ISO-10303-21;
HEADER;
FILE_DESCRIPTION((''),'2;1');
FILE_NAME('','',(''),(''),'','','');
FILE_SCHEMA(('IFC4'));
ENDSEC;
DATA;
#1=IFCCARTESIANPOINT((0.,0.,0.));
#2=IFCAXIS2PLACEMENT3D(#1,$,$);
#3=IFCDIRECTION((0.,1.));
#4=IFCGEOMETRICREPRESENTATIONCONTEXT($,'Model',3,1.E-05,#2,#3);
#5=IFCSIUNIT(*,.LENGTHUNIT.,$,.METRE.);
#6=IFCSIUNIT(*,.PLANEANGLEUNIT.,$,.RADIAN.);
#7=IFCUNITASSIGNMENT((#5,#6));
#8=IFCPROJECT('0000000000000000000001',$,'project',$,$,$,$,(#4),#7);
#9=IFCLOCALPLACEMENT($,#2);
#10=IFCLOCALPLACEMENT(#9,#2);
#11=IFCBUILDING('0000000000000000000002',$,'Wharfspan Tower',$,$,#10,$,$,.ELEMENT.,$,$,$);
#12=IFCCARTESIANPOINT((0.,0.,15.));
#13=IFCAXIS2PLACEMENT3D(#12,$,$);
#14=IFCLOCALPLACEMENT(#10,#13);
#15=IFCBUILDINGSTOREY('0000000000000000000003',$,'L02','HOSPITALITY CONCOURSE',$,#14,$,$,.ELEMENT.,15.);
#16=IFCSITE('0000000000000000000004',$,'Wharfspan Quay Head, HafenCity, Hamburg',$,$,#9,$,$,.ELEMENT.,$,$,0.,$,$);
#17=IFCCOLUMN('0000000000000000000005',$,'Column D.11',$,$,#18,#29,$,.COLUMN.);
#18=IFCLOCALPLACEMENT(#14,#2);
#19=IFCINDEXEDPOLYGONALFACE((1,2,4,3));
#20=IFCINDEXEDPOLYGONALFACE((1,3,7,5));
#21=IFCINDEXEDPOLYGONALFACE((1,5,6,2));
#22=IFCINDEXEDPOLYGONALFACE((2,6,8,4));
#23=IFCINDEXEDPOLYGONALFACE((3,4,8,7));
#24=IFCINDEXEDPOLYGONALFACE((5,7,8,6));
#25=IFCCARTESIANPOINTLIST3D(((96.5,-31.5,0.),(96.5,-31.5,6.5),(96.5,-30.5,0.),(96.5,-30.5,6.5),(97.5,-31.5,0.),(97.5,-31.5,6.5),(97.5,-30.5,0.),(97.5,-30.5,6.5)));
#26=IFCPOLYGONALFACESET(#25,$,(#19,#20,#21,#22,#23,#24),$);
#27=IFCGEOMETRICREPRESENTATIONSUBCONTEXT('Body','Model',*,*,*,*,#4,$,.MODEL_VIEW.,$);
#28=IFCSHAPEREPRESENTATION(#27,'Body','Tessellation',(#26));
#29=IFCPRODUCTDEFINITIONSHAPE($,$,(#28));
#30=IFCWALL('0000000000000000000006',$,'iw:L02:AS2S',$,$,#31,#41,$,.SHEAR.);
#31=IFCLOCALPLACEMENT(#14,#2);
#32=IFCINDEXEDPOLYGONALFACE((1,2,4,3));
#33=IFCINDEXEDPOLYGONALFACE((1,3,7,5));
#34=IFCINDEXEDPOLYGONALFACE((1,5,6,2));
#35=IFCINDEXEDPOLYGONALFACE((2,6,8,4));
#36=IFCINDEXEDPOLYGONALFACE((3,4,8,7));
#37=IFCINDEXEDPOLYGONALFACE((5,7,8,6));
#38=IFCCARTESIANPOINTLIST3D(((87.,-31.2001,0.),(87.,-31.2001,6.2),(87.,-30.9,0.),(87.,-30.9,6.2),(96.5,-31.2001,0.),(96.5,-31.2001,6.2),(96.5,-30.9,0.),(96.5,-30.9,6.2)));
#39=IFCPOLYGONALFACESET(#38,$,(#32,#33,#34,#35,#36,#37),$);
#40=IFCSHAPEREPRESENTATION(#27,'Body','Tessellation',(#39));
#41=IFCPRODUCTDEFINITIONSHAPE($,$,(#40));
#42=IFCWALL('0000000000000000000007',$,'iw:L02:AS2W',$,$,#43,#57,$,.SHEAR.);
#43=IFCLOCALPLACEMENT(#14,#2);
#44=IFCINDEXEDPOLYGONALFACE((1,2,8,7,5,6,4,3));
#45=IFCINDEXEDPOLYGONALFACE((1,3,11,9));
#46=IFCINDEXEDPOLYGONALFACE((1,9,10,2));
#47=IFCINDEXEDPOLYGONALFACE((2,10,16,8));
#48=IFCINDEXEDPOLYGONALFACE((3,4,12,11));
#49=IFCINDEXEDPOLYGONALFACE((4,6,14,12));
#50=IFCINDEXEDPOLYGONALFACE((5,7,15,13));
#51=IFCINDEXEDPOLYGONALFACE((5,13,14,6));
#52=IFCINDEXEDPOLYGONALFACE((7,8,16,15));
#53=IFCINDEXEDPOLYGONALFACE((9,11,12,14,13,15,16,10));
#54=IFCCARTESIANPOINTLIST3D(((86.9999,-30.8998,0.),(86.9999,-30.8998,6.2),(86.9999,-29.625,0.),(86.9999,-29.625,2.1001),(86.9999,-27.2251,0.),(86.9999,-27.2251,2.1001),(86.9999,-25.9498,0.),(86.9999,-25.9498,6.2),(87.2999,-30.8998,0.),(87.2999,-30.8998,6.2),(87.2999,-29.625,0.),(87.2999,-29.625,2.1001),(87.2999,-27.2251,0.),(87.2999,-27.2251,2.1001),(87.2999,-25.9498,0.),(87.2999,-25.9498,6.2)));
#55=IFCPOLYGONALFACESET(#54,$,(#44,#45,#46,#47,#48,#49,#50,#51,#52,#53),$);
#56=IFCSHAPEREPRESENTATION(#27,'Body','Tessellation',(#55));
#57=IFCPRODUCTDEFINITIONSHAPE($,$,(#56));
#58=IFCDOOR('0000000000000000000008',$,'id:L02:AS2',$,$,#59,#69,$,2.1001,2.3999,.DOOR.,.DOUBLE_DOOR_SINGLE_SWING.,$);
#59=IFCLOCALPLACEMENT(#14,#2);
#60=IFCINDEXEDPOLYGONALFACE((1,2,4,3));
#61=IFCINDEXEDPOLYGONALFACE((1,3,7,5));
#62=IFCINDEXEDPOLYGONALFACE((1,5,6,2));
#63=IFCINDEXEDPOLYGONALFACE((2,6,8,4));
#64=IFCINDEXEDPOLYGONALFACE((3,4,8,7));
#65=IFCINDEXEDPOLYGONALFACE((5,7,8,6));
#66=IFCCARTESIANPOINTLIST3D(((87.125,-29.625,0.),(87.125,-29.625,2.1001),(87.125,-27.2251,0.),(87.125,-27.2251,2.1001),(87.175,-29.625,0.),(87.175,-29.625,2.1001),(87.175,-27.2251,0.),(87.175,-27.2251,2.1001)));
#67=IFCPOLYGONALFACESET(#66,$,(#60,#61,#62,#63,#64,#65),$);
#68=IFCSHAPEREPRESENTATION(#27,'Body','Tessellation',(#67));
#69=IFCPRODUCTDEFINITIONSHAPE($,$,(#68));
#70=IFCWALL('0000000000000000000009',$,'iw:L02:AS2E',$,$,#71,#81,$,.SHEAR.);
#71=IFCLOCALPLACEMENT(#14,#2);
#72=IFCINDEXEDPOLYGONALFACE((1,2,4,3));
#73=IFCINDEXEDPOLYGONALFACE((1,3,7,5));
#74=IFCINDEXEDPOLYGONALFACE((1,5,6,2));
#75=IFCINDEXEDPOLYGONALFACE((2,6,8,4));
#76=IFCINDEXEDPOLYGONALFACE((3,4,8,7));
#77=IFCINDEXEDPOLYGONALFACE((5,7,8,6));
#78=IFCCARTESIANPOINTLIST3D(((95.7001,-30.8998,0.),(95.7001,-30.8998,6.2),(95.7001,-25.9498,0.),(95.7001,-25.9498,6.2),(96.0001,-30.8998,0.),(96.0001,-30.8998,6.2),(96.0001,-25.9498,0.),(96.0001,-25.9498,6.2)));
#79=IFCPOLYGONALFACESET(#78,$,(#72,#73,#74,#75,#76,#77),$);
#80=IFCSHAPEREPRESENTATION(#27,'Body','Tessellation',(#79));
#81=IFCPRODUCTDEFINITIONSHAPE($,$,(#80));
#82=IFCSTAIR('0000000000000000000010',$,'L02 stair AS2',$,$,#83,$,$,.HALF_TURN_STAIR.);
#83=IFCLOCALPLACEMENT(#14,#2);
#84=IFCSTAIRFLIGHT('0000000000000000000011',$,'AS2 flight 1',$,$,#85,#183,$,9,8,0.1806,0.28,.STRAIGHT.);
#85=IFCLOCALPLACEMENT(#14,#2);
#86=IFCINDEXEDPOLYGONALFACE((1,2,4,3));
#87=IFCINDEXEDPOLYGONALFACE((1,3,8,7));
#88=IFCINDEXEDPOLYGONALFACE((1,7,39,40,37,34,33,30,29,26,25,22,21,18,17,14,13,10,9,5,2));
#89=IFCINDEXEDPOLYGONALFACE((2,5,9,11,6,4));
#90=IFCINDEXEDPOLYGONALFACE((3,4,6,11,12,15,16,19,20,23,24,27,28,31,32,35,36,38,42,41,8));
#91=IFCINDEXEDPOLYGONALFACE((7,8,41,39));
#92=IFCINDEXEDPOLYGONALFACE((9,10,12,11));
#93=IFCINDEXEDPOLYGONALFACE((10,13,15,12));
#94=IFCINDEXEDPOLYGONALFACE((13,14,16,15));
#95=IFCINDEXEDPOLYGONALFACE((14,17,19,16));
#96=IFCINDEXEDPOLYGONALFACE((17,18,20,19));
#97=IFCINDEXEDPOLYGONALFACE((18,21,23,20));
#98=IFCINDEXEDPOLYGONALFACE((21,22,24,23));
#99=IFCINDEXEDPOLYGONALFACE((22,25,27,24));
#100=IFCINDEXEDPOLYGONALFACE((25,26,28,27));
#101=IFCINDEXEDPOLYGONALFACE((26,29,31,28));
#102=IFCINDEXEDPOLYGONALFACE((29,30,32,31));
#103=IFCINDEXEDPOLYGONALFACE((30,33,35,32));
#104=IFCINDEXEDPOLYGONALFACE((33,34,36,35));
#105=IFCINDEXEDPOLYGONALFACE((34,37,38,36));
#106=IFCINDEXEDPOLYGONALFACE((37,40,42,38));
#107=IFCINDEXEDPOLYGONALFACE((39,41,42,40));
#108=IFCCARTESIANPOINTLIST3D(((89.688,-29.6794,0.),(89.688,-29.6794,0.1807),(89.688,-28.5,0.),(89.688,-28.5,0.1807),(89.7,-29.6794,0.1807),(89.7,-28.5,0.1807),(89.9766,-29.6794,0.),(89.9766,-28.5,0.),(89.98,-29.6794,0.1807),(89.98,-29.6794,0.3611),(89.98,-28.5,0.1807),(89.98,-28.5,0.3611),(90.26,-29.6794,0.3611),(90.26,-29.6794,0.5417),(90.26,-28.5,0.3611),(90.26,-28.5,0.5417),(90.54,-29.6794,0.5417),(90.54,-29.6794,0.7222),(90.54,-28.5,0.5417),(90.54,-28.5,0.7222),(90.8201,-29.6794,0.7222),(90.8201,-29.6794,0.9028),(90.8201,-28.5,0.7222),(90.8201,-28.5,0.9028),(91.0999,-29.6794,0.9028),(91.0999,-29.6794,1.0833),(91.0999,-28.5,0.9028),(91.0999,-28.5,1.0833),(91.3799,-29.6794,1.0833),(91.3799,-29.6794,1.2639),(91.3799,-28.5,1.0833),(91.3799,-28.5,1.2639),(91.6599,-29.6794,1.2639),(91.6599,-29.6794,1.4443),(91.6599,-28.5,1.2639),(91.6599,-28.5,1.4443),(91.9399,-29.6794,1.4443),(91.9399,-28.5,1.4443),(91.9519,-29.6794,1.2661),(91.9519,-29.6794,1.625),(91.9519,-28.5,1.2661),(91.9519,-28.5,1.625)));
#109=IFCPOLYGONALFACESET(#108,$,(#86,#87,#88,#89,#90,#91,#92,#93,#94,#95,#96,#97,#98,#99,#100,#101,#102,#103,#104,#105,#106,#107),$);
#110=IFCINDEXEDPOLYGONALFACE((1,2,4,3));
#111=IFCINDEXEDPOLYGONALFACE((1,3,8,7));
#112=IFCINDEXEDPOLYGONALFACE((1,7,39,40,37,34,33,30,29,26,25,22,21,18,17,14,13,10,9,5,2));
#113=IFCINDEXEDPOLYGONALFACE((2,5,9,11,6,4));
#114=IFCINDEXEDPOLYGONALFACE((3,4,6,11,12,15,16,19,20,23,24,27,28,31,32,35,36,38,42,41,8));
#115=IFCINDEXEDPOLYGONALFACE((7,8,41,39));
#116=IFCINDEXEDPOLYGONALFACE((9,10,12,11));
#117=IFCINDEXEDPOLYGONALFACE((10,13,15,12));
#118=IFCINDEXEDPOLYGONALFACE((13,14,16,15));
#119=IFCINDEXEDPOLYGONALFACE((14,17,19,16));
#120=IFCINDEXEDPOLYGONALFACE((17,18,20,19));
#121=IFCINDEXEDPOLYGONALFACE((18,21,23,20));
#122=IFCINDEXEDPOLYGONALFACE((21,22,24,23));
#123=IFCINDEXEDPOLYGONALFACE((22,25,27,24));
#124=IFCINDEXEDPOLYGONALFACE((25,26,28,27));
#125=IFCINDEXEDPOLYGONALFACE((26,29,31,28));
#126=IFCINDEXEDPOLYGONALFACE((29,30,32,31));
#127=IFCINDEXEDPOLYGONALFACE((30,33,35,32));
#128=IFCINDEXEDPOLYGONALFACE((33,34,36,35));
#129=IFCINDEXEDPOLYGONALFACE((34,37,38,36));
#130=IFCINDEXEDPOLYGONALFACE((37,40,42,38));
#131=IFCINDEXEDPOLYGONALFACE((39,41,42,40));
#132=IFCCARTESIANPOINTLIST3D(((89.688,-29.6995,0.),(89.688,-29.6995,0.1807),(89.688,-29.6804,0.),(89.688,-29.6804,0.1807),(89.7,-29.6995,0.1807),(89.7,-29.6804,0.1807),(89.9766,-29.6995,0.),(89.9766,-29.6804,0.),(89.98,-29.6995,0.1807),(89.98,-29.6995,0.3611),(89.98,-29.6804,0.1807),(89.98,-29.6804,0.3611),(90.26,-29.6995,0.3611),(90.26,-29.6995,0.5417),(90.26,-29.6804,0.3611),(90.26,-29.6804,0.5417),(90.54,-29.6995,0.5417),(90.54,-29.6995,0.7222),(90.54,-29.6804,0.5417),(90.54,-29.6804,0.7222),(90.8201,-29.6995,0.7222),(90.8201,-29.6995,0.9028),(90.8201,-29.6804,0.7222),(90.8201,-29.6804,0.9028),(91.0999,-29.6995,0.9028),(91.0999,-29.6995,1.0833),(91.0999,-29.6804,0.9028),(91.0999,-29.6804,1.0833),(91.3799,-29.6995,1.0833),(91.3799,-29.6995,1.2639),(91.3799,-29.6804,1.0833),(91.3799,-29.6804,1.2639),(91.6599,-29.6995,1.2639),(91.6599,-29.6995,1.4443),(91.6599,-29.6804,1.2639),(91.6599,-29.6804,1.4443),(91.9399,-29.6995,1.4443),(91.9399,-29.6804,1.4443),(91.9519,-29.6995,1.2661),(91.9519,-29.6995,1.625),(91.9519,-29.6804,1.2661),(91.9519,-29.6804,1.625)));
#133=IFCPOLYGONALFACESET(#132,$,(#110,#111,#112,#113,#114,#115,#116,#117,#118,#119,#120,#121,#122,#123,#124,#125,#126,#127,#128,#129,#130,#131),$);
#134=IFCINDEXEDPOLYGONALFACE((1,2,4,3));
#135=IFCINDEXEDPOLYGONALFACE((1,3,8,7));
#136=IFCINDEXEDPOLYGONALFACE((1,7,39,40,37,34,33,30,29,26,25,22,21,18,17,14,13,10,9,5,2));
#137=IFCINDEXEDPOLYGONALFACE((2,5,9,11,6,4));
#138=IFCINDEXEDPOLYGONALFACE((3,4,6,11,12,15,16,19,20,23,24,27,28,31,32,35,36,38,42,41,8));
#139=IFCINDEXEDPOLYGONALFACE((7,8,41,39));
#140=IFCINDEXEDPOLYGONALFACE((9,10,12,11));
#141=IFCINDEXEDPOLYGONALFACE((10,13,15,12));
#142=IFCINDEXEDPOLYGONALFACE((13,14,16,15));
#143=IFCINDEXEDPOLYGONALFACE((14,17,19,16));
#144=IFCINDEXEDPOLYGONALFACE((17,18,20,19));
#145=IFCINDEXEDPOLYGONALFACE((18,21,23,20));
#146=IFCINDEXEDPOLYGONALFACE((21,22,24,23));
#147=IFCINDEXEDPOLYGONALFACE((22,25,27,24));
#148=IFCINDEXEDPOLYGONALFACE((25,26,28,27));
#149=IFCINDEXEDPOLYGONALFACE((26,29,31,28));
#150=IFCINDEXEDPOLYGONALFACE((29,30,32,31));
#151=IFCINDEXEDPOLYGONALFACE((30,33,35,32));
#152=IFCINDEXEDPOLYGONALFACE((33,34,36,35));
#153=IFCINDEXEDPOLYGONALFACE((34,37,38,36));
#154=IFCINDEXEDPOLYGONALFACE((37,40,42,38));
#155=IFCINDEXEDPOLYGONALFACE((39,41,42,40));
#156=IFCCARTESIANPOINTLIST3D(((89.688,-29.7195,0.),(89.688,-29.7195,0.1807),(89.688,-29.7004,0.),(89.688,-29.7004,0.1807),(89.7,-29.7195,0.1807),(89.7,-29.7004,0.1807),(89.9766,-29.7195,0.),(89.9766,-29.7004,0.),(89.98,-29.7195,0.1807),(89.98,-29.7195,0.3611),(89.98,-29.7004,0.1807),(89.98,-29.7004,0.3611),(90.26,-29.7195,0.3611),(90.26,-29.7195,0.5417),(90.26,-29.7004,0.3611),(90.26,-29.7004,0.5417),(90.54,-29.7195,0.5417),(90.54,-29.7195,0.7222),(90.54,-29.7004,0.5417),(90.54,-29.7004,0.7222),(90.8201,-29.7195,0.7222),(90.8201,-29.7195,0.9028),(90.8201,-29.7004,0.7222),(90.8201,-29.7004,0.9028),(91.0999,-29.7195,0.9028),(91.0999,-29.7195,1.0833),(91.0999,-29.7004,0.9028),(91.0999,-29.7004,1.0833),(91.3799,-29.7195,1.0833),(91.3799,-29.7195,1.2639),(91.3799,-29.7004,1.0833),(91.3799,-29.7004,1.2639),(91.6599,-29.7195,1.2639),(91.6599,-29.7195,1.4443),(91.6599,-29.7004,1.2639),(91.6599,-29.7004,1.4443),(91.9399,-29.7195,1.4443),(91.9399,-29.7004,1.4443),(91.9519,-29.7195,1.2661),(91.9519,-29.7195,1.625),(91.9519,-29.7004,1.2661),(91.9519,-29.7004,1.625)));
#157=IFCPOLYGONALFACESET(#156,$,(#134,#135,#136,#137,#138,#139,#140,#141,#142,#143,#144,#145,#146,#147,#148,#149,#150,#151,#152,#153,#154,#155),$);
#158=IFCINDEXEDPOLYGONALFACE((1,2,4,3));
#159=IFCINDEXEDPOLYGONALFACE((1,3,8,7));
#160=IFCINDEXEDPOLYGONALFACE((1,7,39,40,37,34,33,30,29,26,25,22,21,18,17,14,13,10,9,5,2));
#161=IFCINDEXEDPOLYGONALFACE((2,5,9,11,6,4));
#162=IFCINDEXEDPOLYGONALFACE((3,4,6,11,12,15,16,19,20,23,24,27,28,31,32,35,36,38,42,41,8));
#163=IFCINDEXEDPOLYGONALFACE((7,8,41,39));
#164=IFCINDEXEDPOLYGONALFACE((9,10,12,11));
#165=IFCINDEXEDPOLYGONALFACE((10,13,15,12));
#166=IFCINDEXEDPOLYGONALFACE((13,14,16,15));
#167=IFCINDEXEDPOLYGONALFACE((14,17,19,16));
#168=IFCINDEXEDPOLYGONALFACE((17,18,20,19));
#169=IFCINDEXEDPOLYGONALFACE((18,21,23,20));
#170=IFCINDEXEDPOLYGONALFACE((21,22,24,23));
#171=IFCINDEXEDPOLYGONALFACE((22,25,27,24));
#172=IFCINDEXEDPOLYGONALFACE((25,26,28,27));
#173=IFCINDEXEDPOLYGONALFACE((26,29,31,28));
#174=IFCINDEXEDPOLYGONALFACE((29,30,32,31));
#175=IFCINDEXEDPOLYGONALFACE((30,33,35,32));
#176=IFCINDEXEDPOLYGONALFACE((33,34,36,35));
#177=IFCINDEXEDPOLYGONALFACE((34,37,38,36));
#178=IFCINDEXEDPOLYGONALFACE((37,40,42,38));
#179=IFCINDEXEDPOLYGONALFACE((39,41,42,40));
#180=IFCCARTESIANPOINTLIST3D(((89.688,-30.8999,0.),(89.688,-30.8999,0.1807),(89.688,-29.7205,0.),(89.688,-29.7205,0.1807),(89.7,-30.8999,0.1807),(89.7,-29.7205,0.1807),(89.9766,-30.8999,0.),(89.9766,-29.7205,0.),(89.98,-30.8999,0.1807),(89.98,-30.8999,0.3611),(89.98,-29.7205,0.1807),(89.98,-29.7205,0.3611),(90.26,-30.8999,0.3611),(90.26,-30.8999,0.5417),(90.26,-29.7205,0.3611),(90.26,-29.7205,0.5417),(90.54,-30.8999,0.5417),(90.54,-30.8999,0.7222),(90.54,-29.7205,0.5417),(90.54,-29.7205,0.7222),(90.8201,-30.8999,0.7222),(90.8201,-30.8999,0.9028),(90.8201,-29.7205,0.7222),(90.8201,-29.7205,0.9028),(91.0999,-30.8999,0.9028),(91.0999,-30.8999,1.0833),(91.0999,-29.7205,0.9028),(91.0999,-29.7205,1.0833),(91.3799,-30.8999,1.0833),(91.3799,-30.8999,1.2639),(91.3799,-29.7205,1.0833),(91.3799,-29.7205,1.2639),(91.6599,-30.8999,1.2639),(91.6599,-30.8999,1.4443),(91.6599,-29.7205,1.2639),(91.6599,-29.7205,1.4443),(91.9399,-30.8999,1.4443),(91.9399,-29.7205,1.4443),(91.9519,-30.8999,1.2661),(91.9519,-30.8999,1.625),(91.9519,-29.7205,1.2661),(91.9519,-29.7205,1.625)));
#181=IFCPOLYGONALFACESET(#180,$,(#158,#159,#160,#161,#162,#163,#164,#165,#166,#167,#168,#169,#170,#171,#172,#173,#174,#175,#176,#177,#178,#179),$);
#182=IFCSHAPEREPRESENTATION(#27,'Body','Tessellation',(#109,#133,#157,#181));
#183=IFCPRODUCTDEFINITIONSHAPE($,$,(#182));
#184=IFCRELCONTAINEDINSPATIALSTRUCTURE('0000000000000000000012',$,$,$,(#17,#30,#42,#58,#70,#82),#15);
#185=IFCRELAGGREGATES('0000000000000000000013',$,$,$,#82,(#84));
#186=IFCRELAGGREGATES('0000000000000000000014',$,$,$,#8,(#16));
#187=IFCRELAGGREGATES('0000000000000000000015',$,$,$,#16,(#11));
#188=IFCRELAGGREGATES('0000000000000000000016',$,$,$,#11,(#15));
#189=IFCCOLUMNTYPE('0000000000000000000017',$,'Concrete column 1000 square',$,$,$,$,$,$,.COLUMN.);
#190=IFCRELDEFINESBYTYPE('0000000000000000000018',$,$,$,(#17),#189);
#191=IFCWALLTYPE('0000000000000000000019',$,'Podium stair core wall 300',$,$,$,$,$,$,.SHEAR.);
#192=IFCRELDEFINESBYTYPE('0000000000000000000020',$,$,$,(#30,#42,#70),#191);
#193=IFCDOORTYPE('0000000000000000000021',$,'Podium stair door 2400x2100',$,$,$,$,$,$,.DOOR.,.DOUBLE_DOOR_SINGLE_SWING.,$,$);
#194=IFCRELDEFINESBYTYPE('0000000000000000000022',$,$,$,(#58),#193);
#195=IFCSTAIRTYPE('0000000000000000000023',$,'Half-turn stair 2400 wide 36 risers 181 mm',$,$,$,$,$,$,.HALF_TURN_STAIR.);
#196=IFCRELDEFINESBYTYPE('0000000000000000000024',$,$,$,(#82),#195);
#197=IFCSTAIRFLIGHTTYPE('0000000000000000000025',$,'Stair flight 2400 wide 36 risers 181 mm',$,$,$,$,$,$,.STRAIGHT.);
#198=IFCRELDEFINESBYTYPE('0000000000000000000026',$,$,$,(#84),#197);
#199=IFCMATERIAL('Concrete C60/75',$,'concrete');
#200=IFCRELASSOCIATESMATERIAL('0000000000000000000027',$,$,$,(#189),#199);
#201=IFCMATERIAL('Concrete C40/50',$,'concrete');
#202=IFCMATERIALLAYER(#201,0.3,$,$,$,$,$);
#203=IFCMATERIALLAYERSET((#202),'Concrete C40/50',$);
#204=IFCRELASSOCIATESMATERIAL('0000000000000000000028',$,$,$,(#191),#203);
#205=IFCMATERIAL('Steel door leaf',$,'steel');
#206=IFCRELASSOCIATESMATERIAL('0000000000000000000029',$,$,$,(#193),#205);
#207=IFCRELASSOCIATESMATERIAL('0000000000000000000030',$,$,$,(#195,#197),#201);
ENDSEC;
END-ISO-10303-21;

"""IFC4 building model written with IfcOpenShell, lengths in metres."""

from ifc_helpers import new_model, si_unit, direction, frame, frame_2d, origin, origin_2d, place, context, subcontext, project, spatial, polyline, rectangle, outline, extrude, material, layer, layer_set, material_profile, profile_set, type_object, element, fill, aggregate, save


model = new_model("IFC4")

# Units and contexts
model_context = context("Model", 3, precision=1e-05, world=origin(), true_north=direction((0.0, 1.0)))
body_context = subcontext(model_context, "Body", "Model", "MODEL_VIEW")
ifc_project = project(units=[si_unit("LENGTHUNIT", "METRE"), si_unit("PLANEANGLEUNIT", "RADIAN")], contexts=[model_context])

# Site, building, storey
site_placement = place(None, origin())
site = spatial("IfcSite", under=ifc_project, at=site_placement, Name="Wharfspan Quay Head, HafenCity, Hamburg", CompositionType="ELEMENT", RefElevation=0.0)
building_placement = place(site_placement, origin())
building = spatial("IfcBuilding", under=site, at=building_placement, Name="Wharfspan Tower", CompositionType="ELEMENT")
storey_placement = place(building_placement, frame((0.0, 0.0, 15.0)))
storey = spatial("IfcBuildingStorey", under=building, at=storey_placement, Name="L02", Description="HOSPITALITY CONCOURSE", CompositionType="ELEMENT", Elevation=15.0)

# Column
ifc_material_1 = material(Name="Concrete C60/75", Category="concrete")
ifc_material_profile = material_profile(ifc_material_1, rectangle(XDim=1.0, YDim=1.0, at=origin_2d()))
ifc_profile_set = profile_set([ifc_material_profile], Name="Concrete C60/75")
column_type = type_object("IfcColumnType", Name="Concrete column 1000 square", PredefinedType="COLUMN", material=ifc_profile_set)
column_placement = place(storey_placement, frame((97.0, -31.0, 0.0), z_axis=(0.0, 0.0, 1.0), x_axis=(1.0, 0.0, 0.0)))
element("IfcColumn", 1, at=column_placement, inside=storey, type_object=column_type, Name="Column D.11", PredefinedType="COLUMN", context=body_context, shape_type="SweptSolid", body=[
    extrude(rectangle(XDim=1.0, YDim=1.0, at=origin_2d()), origin(), (0.0, 0.0, 1.0), 6.5),
])

# Wall
ifc_material_2 = material(Name="Concrete C40/50", Category="concrete")
ifc_layer = layer(ifc_material_2, 0.3)
ifc_layer_set = layer_set([ifc_layer], Name="Concrete C40/50")
wall_type = type_object("IfcWallType", Name="Podium stair core wall 300", PredefinedType="SHEAR", material=ifc_layer_set)
wall_1_placement = place(storey_placement, frame((87.0, -31.05, 0.0), z_axis=(0.0, 0.0, 1.0), x_axis=(1.0, 0.0, 0.0)))
element("IfcWall", 2, at=wall_1_placement, inside=storey, type_object=wall_type, Name="iw:L02:AS2S", PredefinedType="SHEAR", context=body_context, shape_type="SweptSolid", body=[
    extrude(rectangle(XDim=9.5, YDim=0.3, at=frame_2d((4.75, 0.0))), origin(), (0.0, 0.0, 1.0), 6.2),
])

# Wall, opening, door
wall_2_placement = place(storey_placement, frame((87.1499, -30.8999, 0.0), z_axis=(0.0, 0.0, 1.0), x_axis=(0.0, 1.0, 0.0)))
wall_2 = element("IfcWall", 3, at=wall_2_placement, inside=storey, type_object=wall_type, Name="iw:L02:AS2W", PredefinedType="SHEAR", context=body_context, shape_type="SweptSolid", body=[
    extrude(rectangle(XDim=4.95, YDim=0.3, at=frame_2d((2.4751, 0.0))), origin(), (0.0, 0.0, 1.0), 6.2),
])
opening_placement = place(wall_2_placement, frame((1.2749, 0.0, 0.0)))
opening = element("IfcOpeningElement", 4, at=opening_placement, cuts=wall_2, PredefinedType="OPENING", context=body_context, shape_type="SweptSolid", body=[
    extrude(rectangle(XDim=2.3999, YDim=2.1001, at=frame_2d((1.2, 1.05))), frame((0.0, 0.1599, 0.0), z_axis=(0.0, -1.0, 0.0), x_axis=(1.0, 0.0, 0.0)), (0.0, 0.0, 1.0), 0.3201),
])
ifc_material_3 = material(Name="Steel door leaf", Category="steel")
door_type = type_object("IfcDoorType", Name="Podium stair door 2400x2100", OperationType="DOUBLE_DOOR_SINGLE_SWING", PredefinedType="DOOR", material=ifc_material_3)
door_placement = place(opening_placement, origin())
door = element("IfcDoor", 5, at=door_placement, inside=storey, type_object=door_type, Name="id:L02:AS2", OperationType="DOUBLE_DOOR_SINGLE_SWING", OverallHeight=2.1001, OverallWidth=2.3999, PredefinedType="DOOR", context=body_context, shape_type="SweptSolid", body=[
    extrude(rectangle(XDim=2.3999, YDim=2.1001, at=frame_2d((1.2, 1.05))), frame((0.0, 0.0249, 0.0), z_axis=(0.0, -1.0, 0.0), x_axis=(1.0, 0.0, 0.0)), (0.0, 0.0, 1.0), 0.05),
])
fill(opening, door)

# Wall
wall_3_placement = place(storey_placement, frame((95.8501, -30.8999, 0.0), z_axis=(0.0, 0.0, 1.0), x_axis=(0.0, 1.0, 0.0)))
element("IfcWall", 6, at=wall_3_placement, inside=storey, type_object=wall_type, Name="iw:L02:AS2E", PredefinedType="SHEAR", context=body_context, shape_type="SweptSolid", body=[
    extrude(rectangle(XDim=4.95, YDim=0.3, at=frame_2d((2.4751, 0.0))), origin(), (0.0, 0.0, 1.0), 6.2),
])

# Stair, stair flight
stair_type = type_object("IfcStairType", Name="Half-turn stair 2400 wide 36 risers 181 mm", PredefinedType="HALF_TURN_STAIR", material=ifc_material_2)
stair_placement = place(storey_placement, origin())
stair = element("IfcStair", 7, at=stair_placement, inside=storey, type_object=stair_type, Name="L02 stair AS2", PredefinedType="HALF_TURN_STAIR")
stair_flight_type = type_object("IfcStairFlightType", Name="Stair flight 2400 wide 36 risers 181 mm", PredefinedType="STRAIGHT", material=ifc_material_2)
stair_flight_1_placement = place(storey_placement, frame((89.7, -29.7, 0.0), z_axis=(0.0, 0.0, 1.0), x_axis=(1.0, 0.0, 0.0)))
stair_flight_1 = element("IfcStairFlight", 8, at=stair_flight_1_placement, type_object=stair_flight_type, Name="AS2 flight 1", NumberOfRisers=9, NumberOfTreads=8, PredefinedType="STRAIGHT", RiserHeight=0.1806, TreadLength=0.28, context=body_context, shape_type="SweptSolid", body=[
    extrude(outline(polyline([(-0.012, 0.0), (-0.012, 0.1807), (0.0, 0.1807), (0.28, 0.1807), (0.28, 0.3611), (0.5601, 0.3611), (0.5601, 0.5417), (0.8401, 0.5417), (0.8401, 0.7222), (1.1201, 0.7222), (1.1201, 0.9028), (1.3999, 0.9028), (1.3999, 1.0833), (1.6799, 1.0833), (1.6799, 1.2639), (1.96, 1.2639), (1.96, 1.4443), (2.24, 1.4443), (2.252, 1.625), (2.252, 1.2661), (0.2766, 0.0), (-0.012, 0.0)])), frame((0.0, 1.2, 0.0), z_axis=(0.0, -1.0, 0.0), x_axis=(1.0, 0.0, 0.0)), (0.0, 0.0, 1.0), 1.1794),
    extrude(outline(polyline([(-0.012, 0.0), (-0.012, 0.1807), (0.0, 0.1807), (0.28, 0.1807), (0.28, 0.3611), (0.5601, 0.3611), (0.5601, 0.5417), (0.8401, 0.5417), (0.8401, 0.7222), (1.1201, 0.7222), (1.1201, 0.9028), (1.3999, 0.9028), (1.3999, 1.0833), (1.6799, 1.0833), (1.6799, 1.2639), (1.96, 1.2639), (1.96, 1.4443), (2.24, 1.4443), (2.252, 1.625), (2.252, 1.2661), (0.2766, 0.0), (-0.012, 0.0)])), frame((0.0, 0.0195, 0.0), z_axis=(0.0, -1.0, 0.0), x_axis=(1.0, 0.0, 0.0)), (0.0, 0.0, 1.0), 0.019),
    extrude(outline(polyline([(-0.012, 0.0), (-0.012, 0.1807), (0.0, 0.1807), (0.28, 0.1807), (0.28, 0.3611), (0.5601, 0.3611), (0.5601, 0.5417), (0.8401, 0.5417), (0.8401, 0.7222), (1.1201, 0.7222), (1.1201, 0.9028), (1.3999, 0.9028), (1.3999, 1.0833), (1.6799, 1.0833), (1.6799, 1.2639), (1.96, 1.2639), (1.96, 1.4443), (2.24, 1.4443), (2.252, 1.625), (2.252, 1.2661), (0.2766, 0.0), (-0.012, 0.0)])), frame((0.0, -0.0005, 0.0), z_axis=(0.0, -1.0, 0.0), x_axis=(1.0, 0.0, 0.0)), (0.0, 0.0, 1.0), 0.019),
    extrude(outline(polyline([(-0.012, 0.0), (-0.012, 0.1807), (0.0, 0.1807), (0.28, 0.1807), (0.28, 0.3611), (0.5601, 0.3611), (0.5601, 0.5417), (0.8401, 0.5417), (0.8401, 0.7222), (1.1201, 0.7222), (1.1201, 0.9028), (1.3999, 0.9028), (1.3999, 1.0833), (1.6799, 1.0833), (1.6799, 1.2639), (1.96, 1.2639), (1.96, 1.4443), (2.24, 1.4443), (2.252, 1.625), (2.252, 1.2661), (0.2766, 0.0), (-0.012, 0.0)])), frame((0.0, -0.0205, 0.0), z_axis=(0.0, -1.0, 0.0), x_axis=(1.0, 0.0, 0.0)), (0.0, 0.0, 1.0), 1.1794),
])
aggregate(stair, [stair_flight_1])

save(model, "model.ifc")
